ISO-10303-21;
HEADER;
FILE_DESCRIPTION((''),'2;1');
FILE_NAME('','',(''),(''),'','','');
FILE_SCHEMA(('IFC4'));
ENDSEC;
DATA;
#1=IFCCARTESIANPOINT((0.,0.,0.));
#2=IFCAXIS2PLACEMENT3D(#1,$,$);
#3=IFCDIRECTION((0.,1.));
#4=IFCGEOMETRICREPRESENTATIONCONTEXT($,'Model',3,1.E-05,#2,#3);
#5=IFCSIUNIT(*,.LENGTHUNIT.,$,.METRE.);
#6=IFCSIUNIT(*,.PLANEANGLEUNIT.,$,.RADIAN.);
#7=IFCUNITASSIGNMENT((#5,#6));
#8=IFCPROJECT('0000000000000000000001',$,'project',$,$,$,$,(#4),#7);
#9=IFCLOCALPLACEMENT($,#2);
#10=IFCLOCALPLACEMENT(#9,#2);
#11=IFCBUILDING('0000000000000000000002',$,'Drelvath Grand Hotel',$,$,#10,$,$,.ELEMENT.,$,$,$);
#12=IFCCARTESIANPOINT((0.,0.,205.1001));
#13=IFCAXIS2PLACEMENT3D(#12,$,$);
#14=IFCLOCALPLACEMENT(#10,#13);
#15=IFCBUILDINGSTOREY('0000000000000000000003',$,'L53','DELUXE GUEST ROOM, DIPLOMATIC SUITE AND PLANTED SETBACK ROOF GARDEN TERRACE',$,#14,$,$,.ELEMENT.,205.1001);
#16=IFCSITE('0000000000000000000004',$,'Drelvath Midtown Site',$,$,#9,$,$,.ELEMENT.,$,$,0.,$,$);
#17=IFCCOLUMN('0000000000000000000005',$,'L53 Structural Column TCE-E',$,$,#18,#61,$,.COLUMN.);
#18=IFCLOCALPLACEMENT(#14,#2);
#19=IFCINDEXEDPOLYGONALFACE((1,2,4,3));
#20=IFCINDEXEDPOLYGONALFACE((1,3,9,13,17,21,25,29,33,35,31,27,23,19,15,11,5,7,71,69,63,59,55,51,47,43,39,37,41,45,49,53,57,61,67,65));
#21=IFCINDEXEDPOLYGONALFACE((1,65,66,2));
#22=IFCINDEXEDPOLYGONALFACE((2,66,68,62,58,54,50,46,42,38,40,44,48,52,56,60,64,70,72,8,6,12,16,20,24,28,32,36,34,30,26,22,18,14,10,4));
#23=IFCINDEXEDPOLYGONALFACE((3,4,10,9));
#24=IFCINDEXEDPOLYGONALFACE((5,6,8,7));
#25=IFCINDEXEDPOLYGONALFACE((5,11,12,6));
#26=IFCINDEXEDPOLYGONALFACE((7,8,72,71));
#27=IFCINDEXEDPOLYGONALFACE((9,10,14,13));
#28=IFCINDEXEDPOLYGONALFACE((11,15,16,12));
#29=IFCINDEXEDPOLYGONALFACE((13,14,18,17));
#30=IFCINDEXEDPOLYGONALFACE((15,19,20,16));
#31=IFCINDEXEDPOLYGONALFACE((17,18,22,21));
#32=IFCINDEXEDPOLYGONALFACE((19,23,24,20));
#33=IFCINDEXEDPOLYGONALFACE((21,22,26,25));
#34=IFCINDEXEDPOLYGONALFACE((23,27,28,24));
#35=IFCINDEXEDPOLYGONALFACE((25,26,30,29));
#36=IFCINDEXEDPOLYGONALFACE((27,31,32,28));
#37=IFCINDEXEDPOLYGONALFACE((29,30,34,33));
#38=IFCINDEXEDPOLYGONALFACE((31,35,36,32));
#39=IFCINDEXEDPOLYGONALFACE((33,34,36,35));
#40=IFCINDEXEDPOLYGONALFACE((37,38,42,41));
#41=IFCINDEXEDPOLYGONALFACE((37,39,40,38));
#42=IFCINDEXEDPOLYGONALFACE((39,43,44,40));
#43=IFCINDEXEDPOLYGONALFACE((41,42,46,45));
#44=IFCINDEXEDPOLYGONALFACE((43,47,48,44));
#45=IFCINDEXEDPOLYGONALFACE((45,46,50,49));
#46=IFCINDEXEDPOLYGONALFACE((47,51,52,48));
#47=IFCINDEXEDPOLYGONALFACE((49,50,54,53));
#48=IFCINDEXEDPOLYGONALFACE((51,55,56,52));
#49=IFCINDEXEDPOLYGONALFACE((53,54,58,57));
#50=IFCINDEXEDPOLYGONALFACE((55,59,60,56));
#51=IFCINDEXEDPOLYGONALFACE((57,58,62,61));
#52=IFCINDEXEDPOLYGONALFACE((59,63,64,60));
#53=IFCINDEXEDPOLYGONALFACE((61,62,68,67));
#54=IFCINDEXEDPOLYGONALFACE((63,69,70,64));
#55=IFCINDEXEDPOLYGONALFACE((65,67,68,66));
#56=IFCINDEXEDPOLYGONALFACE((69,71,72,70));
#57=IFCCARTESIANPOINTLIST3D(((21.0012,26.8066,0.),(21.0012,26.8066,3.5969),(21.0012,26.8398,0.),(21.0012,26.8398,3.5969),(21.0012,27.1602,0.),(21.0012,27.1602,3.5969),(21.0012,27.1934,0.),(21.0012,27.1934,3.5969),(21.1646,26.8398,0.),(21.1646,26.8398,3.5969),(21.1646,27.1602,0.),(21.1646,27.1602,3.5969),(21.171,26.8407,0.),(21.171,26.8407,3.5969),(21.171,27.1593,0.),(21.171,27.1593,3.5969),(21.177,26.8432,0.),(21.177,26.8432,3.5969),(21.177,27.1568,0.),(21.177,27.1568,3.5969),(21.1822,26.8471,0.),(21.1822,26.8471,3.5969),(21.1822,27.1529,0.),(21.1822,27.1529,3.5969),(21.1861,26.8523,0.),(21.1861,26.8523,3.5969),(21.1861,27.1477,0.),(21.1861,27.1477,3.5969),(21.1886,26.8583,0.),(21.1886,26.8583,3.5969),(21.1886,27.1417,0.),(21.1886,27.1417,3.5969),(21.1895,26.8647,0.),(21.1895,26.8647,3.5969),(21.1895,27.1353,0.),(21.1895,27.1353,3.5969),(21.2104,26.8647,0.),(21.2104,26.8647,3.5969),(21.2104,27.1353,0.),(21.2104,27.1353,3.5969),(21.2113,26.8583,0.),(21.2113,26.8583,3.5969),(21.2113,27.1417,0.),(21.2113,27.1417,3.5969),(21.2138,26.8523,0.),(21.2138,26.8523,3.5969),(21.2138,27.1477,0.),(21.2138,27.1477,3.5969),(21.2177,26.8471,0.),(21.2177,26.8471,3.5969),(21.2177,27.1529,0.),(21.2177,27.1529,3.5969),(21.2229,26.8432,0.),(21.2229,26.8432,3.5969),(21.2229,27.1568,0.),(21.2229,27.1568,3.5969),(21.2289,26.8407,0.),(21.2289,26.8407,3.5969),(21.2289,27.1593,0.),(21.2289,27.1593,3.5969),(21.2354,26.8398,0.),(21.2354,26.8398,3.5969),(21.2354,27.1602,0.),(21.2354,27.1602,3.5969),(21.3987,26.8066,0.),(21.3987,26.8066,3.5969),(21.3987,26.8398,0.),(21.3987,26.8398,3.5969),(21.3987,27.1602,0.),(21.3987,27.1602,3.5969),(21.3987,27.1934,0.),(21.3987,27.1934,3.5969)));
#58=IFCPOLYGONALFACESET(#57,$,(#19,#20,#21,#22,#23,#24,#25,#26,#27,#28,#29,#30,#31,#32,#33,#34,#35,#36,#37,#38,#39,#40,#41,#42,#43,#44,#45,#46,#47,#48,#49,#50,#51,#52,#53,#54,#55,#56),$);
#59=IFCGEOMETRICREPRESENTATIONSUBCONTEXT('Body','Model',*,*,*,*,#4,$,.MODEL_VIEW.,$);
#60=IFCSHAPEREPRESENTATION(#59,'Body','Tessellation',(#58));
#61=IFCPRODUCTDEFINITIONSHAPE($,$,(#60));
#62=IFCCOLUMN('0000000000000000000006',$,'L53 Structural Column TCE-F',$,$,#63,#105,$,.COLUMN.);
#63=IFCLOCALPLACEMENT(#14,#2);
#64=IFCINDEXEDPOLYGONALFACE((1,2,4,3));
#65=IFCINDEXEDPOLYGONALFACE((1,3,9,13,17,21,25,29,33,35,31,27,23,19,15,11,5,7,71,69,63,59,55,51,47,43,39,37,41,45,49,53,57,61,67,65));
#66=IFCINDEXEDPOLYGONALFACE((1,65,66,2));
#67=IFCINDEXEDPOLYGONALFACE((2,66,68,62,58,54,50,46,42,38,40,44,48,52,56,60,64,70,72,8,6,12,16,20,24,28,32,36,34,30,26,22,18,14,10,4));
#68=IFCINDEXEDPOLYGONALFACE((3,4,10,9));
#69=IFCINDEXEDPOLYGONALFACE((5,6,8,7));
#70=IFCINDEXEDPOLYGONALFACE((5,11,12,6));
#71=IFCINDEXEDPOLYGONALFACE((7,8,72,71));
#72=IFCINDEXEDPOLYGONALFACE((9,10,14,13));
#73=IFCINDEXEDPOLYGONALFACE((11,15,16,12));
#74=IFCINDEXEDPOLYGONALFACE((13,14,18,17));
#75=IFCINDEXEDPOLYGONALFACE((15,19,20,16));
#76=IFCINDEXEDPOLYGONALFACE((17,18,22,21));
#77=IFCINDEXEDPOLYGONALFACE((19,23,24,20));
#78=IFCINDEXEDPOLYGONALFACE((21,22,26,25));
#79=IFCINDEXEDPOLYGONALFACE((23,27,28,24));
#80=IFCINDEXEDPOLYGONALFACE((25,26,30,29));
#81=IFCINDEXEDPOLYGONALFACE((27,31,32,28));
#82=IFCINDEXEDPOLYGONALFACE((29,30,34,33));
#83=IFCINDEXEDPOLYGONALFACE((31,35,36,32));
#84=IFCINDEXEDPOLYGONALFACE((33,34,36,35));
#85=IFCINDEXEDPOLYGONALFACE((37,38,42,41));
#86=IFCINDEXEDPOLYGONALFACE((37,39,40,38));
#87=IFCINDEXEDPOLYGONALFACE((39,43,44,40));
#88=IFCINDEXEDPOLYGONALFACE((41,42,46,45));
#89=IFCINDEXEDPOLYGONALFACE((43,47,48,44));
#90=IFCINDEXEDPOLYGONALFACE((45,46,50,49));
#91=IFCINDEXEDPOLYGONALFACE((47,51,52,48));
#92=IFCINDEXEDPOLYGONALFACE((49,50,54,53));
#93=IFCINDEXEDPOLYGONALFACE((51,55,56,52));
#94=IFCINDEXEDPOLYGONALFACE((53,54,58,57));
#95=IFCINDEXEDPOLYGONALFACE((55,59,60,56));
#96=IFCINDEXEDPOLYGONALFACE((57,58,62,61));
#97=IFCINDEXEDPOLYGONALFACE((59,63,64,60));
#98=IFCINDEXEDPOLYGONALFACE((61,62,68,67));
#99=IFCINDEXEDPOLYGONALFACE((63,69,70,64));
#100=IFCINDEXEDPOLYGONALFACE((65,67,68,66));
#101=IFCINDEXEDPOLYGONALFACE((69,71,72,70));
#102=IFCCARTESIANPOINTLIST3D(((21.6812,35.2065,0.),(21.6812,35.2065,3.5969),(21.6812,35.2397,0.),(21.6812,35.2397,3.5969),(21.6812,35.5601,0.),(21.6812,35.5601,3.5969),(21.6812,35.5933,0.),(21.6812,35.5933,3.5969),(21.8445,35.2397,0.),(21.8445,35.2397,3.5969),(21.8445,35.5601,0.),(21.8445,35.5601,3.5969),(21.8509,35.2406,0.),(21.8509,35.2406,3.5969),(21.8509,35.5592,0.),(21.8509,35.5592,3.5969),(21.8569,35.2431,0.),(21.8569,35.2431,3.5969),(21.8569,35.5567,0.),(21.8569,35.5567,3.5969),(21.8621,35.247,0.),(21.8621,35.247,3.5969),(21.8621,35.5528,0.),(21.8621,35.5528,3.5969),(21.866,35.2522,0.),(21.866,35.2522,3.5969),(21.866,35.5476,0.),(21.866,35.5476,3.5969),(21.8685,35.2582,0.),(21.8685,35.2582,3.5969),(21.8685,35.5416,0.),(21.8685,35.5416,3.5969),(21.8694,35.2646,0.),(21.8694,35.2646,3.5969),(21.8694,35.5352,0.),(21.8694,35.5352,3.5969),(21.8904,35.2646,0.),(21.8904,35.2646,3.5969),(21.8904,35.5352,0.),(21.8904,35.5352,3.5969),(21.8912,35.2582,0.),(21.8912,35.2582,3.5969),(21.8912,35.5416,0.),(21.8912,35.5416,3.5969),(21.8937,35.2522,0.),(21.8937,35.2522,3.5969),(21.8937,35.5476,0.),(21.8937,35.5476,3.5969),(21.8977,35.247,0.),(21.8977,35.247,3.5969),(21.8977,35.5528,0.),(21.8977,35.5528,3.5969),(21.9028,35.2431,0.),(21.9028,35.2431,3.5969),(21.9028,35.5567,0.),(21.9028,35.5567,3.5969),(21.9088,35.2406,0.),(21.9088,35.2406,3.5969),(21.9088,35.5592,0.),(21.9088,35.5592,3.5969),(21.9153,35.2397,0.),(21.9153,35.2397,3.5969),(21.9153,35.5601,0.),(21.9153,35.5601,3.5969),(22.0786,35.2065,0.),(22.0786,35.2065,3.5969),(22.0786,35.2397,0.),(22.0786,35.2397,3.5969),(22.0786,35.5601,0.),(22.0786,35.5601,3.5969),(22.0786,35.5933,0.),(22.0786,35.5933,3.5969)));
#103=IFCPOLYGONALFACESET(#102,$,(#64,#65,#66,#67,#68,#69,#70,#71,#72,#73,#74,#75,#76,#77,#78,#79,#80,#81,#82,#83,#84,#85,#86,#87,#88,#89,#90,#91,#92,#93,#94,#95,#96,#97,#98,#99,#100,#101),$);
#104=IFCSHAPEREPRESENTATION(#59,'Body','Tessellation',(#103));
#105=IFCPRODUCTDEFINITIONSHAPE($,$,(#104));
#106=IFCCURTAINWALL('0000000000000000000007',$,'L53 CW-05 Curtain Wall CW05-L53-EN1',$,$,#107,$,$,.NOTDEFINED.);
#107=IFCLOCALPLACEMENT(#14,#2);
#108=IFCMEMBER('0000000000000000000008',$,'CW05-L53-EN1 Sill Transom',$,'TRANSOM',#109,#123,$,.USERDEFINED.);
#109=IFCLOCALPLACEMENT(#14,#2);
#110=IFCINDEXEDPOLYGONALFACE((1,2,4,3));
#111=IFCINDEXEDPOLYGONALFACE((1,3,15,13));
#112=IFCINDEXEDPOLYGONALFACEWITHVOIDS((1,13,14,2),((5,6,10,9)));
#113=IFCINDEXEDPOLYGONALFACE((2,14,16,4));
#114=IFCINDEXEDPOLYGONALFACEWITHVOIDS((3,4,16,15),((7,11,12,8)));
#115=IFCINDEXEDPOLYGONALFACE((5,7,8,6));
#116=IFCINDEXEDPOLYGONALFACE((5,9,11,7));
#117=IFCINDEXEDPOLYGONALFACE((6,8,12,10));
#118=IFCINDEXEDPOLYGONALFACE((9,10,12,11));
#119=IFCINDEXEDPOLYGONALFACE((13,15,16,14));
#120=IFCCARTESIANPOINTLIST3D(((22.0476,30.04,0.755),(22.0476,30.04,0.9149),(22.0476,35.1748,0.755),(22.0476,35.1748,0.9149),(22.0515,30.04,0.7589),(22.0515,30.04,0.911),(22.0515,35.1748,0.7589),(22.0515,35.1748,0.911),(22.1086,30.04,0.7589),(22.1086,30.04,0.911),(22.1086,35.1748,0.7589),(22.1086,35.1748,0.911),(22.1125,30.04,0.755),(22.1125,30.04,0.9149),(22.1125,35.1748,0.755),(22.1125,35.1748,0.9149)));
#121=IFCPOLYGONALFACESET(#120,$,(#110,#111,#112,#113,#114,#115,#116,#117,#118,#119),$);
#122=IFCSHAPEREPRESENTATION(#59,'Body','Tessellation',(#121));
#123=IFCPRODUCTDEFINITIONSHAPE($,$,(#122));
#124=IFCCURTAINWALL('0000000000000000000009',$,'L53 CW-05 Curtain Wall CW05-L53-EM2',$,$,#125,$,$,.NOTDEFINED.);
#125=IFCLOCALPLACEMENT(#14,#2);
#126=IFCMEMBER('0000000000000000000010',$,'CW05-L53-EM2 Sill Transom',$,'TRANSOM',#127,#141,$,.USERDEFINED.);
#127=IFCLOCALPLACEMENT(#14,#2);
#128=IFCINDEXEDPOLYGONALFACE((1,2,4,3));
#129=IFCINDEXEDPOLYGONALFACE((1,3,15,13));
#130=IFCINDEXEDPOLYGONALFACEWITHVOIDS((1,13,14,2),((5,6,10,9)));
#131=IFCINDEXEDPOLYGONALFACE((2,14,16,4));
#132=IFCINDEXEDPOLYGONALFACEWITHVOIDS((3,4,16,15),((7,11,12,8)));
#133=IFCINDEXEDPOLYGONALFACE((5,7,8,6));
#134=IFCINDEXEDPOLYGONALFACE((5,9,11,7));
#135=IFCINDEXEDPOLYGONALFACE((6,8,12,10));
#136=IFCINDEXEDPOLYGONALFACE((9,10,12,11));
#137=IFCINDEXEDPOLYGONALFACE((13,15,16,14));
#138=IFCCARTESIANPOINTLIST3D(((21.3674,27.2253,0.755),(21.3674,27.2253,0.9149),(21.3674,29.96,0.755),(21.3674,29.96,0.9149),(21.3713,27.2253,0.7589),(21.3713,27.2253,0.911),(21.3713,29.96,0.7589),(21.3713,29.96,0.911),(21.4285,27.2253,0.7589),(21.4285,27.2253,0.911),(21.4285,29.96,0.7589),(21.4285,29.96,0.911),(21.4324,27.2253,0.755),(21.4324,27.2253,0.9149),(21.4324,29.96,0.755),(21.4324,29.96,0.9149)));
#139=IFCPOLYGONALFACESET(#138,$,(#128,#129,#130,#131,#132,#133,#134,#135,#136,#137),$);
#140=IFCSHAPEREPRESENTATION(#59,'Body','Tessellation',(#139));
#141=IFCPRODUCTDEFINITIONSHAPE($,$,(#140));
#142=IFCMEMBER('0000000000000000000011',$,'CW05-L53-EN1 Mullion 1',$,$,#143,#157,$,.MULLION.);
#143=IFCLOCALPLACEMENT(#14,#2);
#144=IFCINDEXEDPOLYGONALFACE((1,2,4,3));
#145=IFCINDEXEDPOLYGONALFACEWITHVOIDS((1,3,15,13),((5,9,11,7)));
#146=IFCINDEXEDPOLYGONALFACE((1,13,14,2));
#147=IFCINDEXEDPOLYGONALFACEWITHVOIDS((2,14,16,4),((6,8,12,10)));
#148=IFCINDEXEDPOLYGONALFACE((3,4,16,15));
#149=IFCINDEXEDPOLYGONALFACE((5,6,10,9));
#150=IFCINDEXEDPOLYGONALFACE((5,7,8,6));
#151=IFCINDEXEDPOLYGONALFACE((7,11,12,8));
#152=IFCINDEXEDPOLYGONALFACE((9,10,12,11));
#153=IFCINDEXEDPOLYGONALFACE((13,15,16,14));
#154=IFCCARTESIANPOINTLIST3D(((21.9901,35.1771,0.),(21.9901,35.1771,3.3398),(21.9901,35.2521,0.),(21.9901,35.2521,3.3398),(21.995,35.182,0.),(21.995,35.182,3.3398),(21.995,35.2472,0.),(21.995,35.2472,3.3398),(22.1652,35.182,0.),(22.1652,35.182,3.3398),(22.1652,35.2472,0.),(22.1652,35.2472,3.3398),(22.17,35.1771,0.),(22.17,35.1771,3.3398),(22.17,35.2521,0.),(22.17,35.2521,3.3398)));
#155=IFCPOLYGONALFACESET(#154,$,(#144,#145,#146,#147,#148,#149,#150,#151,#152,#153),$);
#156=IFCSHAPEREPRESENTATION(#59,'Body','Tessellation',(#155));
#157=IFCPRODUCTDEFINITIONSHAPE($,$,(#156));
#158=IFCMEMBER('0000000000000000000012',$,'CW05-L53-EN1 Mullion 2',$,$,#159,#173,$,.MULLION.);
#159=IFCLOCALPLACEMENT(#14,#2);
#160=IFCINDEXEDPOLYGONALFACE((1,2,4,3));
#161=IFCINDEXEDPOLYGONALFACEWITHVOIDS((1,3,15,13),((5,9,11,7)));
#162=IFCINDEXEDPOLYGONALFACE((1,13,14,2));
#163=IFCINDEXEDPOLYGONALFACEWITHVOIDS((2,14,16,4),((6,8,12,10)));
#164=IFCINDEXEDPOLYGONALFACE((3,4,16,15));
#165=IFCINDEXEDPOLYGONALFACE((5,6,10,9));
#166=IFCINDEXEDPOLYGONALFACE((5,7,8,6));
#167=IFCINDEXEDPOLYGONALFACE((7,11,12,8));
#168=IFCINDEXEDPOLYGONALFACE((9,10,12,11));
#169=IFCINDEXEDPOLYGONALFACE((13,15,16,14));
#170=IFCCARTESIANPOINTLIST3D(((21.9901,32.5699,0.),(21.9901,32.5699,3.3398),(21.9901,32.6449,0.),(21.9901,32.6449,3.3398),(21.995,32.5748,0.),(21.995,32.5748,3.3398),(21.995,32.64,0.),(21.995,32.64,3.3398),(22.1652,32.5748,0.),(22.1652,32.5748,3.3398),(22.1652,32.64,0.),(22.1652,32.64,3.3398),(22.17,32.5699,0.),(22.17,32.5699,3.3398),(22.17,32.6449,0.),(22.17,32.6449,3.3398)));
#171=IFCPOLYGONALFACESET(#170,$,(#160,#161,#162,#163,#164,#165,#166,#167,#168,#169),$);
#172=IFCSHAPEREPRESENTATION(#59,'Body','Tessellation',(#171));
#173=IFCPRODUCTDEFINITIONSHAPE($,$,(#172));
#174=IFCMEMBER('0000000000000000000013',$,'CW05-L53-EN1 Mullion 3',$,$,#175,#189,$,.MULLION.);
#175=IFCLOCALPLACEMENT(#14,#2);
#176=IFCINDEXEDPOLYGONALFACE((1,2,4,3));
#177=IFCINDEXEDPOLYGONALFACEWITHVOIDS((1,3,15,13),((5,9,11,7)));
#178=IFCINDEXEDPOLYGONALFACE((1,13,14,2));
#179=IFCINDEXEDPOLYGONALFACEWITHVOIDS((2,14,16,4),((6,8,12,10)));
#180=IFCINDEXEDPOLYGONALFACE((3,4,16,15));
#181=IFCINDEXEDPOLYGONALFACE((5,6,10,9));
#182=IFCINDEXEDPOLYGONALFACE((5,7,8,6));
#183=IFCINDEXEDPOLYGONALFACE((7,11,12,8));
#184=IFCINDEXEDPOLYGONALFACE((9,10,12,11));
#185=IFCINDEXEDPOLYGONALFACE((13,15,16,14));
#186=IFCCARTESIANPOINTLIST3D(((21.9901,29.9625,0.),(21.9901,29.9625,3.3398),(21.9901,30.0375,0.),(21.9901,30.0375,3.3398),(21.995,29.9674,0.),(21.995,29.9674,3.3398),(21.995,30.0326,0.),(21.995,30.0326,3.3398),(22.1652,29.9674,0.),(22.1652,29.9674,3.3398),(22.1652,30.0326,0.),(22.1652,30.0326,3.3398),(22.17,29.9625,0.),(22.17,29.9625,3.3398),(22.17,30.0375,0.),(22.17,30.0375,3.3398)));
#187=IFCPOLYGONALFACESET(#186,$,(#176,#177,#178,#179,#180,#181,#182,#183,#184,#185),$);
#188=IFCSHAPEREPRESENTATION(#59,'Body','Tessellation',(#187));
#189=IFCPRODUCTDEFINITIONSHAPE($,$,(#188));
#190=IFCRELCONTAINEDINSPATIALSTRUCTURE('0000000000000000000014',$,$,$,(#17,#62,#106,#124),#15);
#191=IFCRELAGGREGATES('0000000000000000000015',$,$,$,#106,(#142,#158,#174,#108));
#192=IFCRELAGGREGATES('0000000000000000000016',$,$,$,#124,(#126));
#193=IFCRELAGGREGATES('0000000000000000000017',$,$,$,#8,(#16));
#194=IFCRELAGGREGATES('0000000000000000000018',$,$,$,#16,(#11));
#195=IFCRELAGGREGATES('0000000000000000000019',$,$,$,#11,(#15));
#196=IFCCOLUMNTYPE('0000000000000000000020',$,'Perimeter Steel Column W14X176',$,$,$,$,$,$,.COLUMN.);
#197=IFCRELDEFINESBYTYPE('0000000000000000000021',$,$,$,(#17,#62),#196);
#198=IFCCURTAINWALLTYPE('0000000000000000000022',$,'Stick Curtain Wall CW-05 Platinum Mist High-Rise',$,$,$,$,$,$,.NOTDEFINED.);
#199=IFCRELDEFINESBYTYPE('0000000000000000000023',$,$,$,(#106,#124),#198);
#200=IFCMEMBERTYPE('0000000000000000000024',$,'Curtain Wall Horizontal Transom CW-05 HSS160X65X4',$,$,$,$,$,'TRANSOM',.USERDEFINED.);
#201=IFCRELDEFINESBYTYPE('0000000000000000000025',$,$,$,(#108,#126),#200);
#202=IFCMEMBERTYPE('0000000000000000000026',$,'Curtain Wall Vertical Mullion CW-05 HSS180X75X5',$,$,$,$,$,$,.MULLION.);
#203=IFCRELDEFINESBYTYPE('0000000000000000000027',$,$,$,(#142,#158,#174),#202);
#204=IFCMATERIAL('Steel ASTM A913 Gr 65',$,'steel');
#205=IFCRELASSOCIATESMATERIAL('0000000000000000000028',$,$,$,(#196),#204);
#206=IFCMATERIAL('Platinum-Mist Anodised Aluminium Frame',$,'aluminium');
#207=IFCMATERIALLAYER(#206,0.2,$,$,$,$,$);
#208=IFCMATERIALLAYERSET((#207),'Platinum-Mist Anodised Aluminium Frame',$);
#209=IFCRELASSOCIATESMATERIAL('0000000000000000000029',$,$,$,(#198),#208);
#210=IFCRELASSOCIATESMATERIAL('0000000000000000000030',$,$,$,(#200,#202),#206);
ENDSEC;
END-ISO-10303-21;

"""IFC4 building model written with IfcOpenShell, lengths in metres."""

from ifc_helpers import new_model, si_unit, direction, frame, origin, origin_2d, place, context, subcontext, project, spatial, hollow_rectangle, i_section, extrude, material, layer, layer_set, material_profile, profile_set, type_object, element, aggregate, save


model = new_model("IFC4")

# Units and contexts
model_context = context("Model", 3, precision=1e-05, world=origin(), true_north=direction((0.0, 1.0)))
body_context = subcontext(model_context, "Body", "Model", "MODEL_VIEW")
ifc_project = project(units=[si_unit("LENGTHUNIT", "METRE"), si_unit("PLANEANGLEUNIT", "RADIAN")], contexts=[model_context])

# Site, building, storey
site_placement = place(None, origin())
site = spatial("IfcSite", under=ifc_project, at=site_placement, Name="Drelvath Midtown Site", CompositionType="ELEMENT", RefElevation=0.0)
building_placement = place(site_placement, origin())
building = spatial("IfcBuilding", under=site, at=building_placement, Name="Drelvath Grand Hotel", CompositionType="ELEMENT")
storey_placement = place(building_placement, frame((0.0, 0.0, 205.1001)))
storey = spatial("IfcBuildingStorey", under=building, at=storey_placement, Name="L53", Description="DELUXE GUEST ROOM, DIPLOMATIC SUITE AND PLANTED SETBACK ROOF GARDEN TERRACE", CompositionType="ELEMENT", Elevation=205.1001)

# Columns
ifc_material_1 = material(Name="Steel ASTM A913 Gr 65", Category="steel")
ifc_material_profile_1 = material_profile(ifc_material_1, i_section(OverallWidth=0.3975, OverallDepth=0.3867, WebThickness=0.021, FlangeThickness=0.0332, FilletRadius=0.0249, at=origin_2d()), Name="W14X176")
ifc_profile_set_1 = profile_set([ifc_material_profile_1], Name="Steel ASTM A913 Gr 65")
column_type = type_object("IfcColumnType", Name="Perimeter Steel Column W14X176", PredefinedType="COLUMN", material=ifc_profile_set_1)
for number, where, z_axis, x_axis, name in (
    (1, (21.2, 27.0, 0.0), (0.0, 0.0, 1.0), (1.0, 0.0, 0.0), "L53 Structural Column TCE-E"),
    (2, (21.8799, 35.3999, 0.0), (0.0, 0.0, 1.0), (1.0, 0.0, 0.0), "L53 Structural Column TCE-F"),
):
    element("IfcColumn", number, at=place(storey_placement, frame(where, z_axis=z_axis, x_axis=x_axis)), inside=storey, type_object=column_type, Name=name, PredefinedType="COLUMN", context=body_context, shape_type="SweptSolid", body=[
        extrude(i_section(OverallWidth=0.3975, OverallDepth=0.3867, WebThickness=0.021, FlangeThickness=0.0332, FilletRadius=0.0249, at=origin_2d()), origin(), (0.0, 0.0, 1.0), 3.5969),
    ])

# Curtain walls, members
ifc_material_2 = material(Name="Platinum-Mist Anodised Aluminium Frame", Category="aluminium")
ifc_layer_1 = layer(ifc_material_2, 0.2)
ifc_layer_set_1 = layer_set([ifc_layer_1], Name="Platinum-Mist Anodised Aluminium Frame")
curtain_wall_type = type_object("IfcCurtainWallType", Name="Stick Curtain Wall CW-05 Platinum Mist High-Rise", PredefinedType="NOTDEFINED", material=ifc_layer_set_1)
curtain_wall_1_placement = place(storey_placement, origin())
curtain_wall_1 = element("IfcCurtainWall", 3, at=curtain_wall_1_placement, inside=storey, type_object=curtain_wall_type, Name="L53 CW-05 Curtain Wall CW05-L53-EN1", PredefinedType="NOTDEFINED")
ifc_material_profile_2 = material_profile(ifc_material_2, hollow_rectangle(XDim=0.0649, YDim=0.1599, WallThickness=0.0039, at=origin_2d()), Name="HSS160X65X4")
ifc_profile_set_2 = profile_set([ifc_material_profile_2], Name="Platinum-Mist Anodised Aluminium Frame")
member_type_1 = type_object("IfcMemberType", Name="Curtain Wall Horizontal Transom CW-05 HSS160X65X4", ElementType="TRANSOM", PredefinedType="USERDEFINED", material=ifc_profile_set_2)
member_1_placement = place(storey_placement, frame((22.0801, 35.1748, 0.835), z_axis=(0.0, -1.0, 0.0), x_axis=(1.0, 0.0, 0.0)))
member_1 = element("IfcMember", 4, at=member_1_placement, type_object=member_type_1, Name="CW05-L53-EN1 Sill Transom", ObjectType="TRANSOM", PredefinedType="USERDEFINED", context=body_context, shape_type="SweptSolid", body=[
    extrude(hollow_rectangle(XDim=0.0649, YDim=0.1599, WallThickness=0.0039, at=origin_2d()), origin(), (0.0, 0.0, 1.0), 5.1348),
])
curtain_wall_2_placement = place(storey_placement, origin())
curtain_wall_2 = element("IfcCurtainWall", 5, at=curtain_wall_2_placement, inside=storey, type_object=curtain_wall_type, Name="L53 CW-05 Curtain Wall CW05-L53-EM2", PredefinedType="NOTDEFINED")
member_2_placement = place(storey_placement, frame((21.3999, 29.96, 0.835), z_axis=(0.0, -1.0, 0.0), x_axis=(1.0, 0.0, 0.0)))
member_2 = element("IfcMember", 6, at=member_2_placement, type_object=member_type_1, Name="CW05-L53-EM2 Sill Transom", ObjectType="TRANSOM", PredefinedType="USERDEFINED", context=body_context, shape_type="SweptSolid", body=[
    extrude(hollow_rectangle(XDim=0.0649, YDim=0.1599, WallThickness=0.0039, at=origin_2d()), origin(), (0.0, 0.0, 1.0), 2.7346),
])

# Members
ifc_material_profile_3 = material_profile(ifc_material_2, hollow_rectangle(XDim=0.075, YDim=0.1799, WallThickness=0.0049, at=origin_2d()), Name="HSS180X75X5")
ifc_profile_set_3 = profile_set([ifc_material_profile_3], Name="Platinum-Mist Anodised Aluminium Frame")
member_type_2 = type_object("IfcMemberType", Name="Curtain Wall Vertical Mullion CW-05 HSS180X75X5", PredefinedType="MULLION", material=ifc_profile_set_3)
member_3_placement = place(storey_placement, frame((22.0801, 35.2146, 0.0), z_axis=(0.0, 0.0, 1.0), x_axis=(0.0, 1.0, 0.0)))
member_3 = element("IfcMember", 7, at=member_3_placement, type_object=member_type_2, Name="CW05-L53-EN1 Mullion 1", PredefinedType="MULLION", context=body_context, shape_type="SweptSolid", body=[
    extrude(hollow_rectangle(XDim=0.075, YDim=0.1799, WallThickness=0.0049, at=origin_2d()), origin(), (0.0, 0.0, 1.0), 3.3398),
])
member_4_placement = place(storey_placement, frame((22.0801, 32.6074, 0.0), z_axis=(0.0, 0.0, 1.0), x_axis=(0.0, 1.0, 0.0)))
member_4 = element("IfcMember", 8, at=member_4_placement, type_object=member_type_2, Name="CW05-L53-EN1 Mullion 2", PredefinedType="MULLION", context=body_context, shape_type="SweptSolid", body=[
    extrude(hollow_rectangle(XDim=0.075, YDim=0.1799, WallThickness=0.0049, at=origin_2d()), origin(), (0.0, 0.0, 1.0), 3.3398),
])
member_5_placement = place(storey_placement, frame((22.0801, 30.0, 0.0), z_axis=(0.0, 0.0, 1.0), x_axis=(0.0, 1.0, 0.0)))
member_5 = element("IfcMember", 9, at=member_5_placement, type_object=member_type_2, Name="CW05-L53-EN1 Mullion 3", PredefinedType="MULLION", context=body_context, shape_type="SweptSolid", body=[
    extrude(hollow_rectangle(XDim=0.075, YDim=0.1799, WallThickness=0.0049, at=origin_2d()), origin(), (0.0, 0.0, 1.0), 3.3398),
])

aggregate(curtain_wall_1, [member_3, member_4, member_5, member_1])
aggregate(curtain_wall_2, [member_2])

save(model, "model.ifc")
